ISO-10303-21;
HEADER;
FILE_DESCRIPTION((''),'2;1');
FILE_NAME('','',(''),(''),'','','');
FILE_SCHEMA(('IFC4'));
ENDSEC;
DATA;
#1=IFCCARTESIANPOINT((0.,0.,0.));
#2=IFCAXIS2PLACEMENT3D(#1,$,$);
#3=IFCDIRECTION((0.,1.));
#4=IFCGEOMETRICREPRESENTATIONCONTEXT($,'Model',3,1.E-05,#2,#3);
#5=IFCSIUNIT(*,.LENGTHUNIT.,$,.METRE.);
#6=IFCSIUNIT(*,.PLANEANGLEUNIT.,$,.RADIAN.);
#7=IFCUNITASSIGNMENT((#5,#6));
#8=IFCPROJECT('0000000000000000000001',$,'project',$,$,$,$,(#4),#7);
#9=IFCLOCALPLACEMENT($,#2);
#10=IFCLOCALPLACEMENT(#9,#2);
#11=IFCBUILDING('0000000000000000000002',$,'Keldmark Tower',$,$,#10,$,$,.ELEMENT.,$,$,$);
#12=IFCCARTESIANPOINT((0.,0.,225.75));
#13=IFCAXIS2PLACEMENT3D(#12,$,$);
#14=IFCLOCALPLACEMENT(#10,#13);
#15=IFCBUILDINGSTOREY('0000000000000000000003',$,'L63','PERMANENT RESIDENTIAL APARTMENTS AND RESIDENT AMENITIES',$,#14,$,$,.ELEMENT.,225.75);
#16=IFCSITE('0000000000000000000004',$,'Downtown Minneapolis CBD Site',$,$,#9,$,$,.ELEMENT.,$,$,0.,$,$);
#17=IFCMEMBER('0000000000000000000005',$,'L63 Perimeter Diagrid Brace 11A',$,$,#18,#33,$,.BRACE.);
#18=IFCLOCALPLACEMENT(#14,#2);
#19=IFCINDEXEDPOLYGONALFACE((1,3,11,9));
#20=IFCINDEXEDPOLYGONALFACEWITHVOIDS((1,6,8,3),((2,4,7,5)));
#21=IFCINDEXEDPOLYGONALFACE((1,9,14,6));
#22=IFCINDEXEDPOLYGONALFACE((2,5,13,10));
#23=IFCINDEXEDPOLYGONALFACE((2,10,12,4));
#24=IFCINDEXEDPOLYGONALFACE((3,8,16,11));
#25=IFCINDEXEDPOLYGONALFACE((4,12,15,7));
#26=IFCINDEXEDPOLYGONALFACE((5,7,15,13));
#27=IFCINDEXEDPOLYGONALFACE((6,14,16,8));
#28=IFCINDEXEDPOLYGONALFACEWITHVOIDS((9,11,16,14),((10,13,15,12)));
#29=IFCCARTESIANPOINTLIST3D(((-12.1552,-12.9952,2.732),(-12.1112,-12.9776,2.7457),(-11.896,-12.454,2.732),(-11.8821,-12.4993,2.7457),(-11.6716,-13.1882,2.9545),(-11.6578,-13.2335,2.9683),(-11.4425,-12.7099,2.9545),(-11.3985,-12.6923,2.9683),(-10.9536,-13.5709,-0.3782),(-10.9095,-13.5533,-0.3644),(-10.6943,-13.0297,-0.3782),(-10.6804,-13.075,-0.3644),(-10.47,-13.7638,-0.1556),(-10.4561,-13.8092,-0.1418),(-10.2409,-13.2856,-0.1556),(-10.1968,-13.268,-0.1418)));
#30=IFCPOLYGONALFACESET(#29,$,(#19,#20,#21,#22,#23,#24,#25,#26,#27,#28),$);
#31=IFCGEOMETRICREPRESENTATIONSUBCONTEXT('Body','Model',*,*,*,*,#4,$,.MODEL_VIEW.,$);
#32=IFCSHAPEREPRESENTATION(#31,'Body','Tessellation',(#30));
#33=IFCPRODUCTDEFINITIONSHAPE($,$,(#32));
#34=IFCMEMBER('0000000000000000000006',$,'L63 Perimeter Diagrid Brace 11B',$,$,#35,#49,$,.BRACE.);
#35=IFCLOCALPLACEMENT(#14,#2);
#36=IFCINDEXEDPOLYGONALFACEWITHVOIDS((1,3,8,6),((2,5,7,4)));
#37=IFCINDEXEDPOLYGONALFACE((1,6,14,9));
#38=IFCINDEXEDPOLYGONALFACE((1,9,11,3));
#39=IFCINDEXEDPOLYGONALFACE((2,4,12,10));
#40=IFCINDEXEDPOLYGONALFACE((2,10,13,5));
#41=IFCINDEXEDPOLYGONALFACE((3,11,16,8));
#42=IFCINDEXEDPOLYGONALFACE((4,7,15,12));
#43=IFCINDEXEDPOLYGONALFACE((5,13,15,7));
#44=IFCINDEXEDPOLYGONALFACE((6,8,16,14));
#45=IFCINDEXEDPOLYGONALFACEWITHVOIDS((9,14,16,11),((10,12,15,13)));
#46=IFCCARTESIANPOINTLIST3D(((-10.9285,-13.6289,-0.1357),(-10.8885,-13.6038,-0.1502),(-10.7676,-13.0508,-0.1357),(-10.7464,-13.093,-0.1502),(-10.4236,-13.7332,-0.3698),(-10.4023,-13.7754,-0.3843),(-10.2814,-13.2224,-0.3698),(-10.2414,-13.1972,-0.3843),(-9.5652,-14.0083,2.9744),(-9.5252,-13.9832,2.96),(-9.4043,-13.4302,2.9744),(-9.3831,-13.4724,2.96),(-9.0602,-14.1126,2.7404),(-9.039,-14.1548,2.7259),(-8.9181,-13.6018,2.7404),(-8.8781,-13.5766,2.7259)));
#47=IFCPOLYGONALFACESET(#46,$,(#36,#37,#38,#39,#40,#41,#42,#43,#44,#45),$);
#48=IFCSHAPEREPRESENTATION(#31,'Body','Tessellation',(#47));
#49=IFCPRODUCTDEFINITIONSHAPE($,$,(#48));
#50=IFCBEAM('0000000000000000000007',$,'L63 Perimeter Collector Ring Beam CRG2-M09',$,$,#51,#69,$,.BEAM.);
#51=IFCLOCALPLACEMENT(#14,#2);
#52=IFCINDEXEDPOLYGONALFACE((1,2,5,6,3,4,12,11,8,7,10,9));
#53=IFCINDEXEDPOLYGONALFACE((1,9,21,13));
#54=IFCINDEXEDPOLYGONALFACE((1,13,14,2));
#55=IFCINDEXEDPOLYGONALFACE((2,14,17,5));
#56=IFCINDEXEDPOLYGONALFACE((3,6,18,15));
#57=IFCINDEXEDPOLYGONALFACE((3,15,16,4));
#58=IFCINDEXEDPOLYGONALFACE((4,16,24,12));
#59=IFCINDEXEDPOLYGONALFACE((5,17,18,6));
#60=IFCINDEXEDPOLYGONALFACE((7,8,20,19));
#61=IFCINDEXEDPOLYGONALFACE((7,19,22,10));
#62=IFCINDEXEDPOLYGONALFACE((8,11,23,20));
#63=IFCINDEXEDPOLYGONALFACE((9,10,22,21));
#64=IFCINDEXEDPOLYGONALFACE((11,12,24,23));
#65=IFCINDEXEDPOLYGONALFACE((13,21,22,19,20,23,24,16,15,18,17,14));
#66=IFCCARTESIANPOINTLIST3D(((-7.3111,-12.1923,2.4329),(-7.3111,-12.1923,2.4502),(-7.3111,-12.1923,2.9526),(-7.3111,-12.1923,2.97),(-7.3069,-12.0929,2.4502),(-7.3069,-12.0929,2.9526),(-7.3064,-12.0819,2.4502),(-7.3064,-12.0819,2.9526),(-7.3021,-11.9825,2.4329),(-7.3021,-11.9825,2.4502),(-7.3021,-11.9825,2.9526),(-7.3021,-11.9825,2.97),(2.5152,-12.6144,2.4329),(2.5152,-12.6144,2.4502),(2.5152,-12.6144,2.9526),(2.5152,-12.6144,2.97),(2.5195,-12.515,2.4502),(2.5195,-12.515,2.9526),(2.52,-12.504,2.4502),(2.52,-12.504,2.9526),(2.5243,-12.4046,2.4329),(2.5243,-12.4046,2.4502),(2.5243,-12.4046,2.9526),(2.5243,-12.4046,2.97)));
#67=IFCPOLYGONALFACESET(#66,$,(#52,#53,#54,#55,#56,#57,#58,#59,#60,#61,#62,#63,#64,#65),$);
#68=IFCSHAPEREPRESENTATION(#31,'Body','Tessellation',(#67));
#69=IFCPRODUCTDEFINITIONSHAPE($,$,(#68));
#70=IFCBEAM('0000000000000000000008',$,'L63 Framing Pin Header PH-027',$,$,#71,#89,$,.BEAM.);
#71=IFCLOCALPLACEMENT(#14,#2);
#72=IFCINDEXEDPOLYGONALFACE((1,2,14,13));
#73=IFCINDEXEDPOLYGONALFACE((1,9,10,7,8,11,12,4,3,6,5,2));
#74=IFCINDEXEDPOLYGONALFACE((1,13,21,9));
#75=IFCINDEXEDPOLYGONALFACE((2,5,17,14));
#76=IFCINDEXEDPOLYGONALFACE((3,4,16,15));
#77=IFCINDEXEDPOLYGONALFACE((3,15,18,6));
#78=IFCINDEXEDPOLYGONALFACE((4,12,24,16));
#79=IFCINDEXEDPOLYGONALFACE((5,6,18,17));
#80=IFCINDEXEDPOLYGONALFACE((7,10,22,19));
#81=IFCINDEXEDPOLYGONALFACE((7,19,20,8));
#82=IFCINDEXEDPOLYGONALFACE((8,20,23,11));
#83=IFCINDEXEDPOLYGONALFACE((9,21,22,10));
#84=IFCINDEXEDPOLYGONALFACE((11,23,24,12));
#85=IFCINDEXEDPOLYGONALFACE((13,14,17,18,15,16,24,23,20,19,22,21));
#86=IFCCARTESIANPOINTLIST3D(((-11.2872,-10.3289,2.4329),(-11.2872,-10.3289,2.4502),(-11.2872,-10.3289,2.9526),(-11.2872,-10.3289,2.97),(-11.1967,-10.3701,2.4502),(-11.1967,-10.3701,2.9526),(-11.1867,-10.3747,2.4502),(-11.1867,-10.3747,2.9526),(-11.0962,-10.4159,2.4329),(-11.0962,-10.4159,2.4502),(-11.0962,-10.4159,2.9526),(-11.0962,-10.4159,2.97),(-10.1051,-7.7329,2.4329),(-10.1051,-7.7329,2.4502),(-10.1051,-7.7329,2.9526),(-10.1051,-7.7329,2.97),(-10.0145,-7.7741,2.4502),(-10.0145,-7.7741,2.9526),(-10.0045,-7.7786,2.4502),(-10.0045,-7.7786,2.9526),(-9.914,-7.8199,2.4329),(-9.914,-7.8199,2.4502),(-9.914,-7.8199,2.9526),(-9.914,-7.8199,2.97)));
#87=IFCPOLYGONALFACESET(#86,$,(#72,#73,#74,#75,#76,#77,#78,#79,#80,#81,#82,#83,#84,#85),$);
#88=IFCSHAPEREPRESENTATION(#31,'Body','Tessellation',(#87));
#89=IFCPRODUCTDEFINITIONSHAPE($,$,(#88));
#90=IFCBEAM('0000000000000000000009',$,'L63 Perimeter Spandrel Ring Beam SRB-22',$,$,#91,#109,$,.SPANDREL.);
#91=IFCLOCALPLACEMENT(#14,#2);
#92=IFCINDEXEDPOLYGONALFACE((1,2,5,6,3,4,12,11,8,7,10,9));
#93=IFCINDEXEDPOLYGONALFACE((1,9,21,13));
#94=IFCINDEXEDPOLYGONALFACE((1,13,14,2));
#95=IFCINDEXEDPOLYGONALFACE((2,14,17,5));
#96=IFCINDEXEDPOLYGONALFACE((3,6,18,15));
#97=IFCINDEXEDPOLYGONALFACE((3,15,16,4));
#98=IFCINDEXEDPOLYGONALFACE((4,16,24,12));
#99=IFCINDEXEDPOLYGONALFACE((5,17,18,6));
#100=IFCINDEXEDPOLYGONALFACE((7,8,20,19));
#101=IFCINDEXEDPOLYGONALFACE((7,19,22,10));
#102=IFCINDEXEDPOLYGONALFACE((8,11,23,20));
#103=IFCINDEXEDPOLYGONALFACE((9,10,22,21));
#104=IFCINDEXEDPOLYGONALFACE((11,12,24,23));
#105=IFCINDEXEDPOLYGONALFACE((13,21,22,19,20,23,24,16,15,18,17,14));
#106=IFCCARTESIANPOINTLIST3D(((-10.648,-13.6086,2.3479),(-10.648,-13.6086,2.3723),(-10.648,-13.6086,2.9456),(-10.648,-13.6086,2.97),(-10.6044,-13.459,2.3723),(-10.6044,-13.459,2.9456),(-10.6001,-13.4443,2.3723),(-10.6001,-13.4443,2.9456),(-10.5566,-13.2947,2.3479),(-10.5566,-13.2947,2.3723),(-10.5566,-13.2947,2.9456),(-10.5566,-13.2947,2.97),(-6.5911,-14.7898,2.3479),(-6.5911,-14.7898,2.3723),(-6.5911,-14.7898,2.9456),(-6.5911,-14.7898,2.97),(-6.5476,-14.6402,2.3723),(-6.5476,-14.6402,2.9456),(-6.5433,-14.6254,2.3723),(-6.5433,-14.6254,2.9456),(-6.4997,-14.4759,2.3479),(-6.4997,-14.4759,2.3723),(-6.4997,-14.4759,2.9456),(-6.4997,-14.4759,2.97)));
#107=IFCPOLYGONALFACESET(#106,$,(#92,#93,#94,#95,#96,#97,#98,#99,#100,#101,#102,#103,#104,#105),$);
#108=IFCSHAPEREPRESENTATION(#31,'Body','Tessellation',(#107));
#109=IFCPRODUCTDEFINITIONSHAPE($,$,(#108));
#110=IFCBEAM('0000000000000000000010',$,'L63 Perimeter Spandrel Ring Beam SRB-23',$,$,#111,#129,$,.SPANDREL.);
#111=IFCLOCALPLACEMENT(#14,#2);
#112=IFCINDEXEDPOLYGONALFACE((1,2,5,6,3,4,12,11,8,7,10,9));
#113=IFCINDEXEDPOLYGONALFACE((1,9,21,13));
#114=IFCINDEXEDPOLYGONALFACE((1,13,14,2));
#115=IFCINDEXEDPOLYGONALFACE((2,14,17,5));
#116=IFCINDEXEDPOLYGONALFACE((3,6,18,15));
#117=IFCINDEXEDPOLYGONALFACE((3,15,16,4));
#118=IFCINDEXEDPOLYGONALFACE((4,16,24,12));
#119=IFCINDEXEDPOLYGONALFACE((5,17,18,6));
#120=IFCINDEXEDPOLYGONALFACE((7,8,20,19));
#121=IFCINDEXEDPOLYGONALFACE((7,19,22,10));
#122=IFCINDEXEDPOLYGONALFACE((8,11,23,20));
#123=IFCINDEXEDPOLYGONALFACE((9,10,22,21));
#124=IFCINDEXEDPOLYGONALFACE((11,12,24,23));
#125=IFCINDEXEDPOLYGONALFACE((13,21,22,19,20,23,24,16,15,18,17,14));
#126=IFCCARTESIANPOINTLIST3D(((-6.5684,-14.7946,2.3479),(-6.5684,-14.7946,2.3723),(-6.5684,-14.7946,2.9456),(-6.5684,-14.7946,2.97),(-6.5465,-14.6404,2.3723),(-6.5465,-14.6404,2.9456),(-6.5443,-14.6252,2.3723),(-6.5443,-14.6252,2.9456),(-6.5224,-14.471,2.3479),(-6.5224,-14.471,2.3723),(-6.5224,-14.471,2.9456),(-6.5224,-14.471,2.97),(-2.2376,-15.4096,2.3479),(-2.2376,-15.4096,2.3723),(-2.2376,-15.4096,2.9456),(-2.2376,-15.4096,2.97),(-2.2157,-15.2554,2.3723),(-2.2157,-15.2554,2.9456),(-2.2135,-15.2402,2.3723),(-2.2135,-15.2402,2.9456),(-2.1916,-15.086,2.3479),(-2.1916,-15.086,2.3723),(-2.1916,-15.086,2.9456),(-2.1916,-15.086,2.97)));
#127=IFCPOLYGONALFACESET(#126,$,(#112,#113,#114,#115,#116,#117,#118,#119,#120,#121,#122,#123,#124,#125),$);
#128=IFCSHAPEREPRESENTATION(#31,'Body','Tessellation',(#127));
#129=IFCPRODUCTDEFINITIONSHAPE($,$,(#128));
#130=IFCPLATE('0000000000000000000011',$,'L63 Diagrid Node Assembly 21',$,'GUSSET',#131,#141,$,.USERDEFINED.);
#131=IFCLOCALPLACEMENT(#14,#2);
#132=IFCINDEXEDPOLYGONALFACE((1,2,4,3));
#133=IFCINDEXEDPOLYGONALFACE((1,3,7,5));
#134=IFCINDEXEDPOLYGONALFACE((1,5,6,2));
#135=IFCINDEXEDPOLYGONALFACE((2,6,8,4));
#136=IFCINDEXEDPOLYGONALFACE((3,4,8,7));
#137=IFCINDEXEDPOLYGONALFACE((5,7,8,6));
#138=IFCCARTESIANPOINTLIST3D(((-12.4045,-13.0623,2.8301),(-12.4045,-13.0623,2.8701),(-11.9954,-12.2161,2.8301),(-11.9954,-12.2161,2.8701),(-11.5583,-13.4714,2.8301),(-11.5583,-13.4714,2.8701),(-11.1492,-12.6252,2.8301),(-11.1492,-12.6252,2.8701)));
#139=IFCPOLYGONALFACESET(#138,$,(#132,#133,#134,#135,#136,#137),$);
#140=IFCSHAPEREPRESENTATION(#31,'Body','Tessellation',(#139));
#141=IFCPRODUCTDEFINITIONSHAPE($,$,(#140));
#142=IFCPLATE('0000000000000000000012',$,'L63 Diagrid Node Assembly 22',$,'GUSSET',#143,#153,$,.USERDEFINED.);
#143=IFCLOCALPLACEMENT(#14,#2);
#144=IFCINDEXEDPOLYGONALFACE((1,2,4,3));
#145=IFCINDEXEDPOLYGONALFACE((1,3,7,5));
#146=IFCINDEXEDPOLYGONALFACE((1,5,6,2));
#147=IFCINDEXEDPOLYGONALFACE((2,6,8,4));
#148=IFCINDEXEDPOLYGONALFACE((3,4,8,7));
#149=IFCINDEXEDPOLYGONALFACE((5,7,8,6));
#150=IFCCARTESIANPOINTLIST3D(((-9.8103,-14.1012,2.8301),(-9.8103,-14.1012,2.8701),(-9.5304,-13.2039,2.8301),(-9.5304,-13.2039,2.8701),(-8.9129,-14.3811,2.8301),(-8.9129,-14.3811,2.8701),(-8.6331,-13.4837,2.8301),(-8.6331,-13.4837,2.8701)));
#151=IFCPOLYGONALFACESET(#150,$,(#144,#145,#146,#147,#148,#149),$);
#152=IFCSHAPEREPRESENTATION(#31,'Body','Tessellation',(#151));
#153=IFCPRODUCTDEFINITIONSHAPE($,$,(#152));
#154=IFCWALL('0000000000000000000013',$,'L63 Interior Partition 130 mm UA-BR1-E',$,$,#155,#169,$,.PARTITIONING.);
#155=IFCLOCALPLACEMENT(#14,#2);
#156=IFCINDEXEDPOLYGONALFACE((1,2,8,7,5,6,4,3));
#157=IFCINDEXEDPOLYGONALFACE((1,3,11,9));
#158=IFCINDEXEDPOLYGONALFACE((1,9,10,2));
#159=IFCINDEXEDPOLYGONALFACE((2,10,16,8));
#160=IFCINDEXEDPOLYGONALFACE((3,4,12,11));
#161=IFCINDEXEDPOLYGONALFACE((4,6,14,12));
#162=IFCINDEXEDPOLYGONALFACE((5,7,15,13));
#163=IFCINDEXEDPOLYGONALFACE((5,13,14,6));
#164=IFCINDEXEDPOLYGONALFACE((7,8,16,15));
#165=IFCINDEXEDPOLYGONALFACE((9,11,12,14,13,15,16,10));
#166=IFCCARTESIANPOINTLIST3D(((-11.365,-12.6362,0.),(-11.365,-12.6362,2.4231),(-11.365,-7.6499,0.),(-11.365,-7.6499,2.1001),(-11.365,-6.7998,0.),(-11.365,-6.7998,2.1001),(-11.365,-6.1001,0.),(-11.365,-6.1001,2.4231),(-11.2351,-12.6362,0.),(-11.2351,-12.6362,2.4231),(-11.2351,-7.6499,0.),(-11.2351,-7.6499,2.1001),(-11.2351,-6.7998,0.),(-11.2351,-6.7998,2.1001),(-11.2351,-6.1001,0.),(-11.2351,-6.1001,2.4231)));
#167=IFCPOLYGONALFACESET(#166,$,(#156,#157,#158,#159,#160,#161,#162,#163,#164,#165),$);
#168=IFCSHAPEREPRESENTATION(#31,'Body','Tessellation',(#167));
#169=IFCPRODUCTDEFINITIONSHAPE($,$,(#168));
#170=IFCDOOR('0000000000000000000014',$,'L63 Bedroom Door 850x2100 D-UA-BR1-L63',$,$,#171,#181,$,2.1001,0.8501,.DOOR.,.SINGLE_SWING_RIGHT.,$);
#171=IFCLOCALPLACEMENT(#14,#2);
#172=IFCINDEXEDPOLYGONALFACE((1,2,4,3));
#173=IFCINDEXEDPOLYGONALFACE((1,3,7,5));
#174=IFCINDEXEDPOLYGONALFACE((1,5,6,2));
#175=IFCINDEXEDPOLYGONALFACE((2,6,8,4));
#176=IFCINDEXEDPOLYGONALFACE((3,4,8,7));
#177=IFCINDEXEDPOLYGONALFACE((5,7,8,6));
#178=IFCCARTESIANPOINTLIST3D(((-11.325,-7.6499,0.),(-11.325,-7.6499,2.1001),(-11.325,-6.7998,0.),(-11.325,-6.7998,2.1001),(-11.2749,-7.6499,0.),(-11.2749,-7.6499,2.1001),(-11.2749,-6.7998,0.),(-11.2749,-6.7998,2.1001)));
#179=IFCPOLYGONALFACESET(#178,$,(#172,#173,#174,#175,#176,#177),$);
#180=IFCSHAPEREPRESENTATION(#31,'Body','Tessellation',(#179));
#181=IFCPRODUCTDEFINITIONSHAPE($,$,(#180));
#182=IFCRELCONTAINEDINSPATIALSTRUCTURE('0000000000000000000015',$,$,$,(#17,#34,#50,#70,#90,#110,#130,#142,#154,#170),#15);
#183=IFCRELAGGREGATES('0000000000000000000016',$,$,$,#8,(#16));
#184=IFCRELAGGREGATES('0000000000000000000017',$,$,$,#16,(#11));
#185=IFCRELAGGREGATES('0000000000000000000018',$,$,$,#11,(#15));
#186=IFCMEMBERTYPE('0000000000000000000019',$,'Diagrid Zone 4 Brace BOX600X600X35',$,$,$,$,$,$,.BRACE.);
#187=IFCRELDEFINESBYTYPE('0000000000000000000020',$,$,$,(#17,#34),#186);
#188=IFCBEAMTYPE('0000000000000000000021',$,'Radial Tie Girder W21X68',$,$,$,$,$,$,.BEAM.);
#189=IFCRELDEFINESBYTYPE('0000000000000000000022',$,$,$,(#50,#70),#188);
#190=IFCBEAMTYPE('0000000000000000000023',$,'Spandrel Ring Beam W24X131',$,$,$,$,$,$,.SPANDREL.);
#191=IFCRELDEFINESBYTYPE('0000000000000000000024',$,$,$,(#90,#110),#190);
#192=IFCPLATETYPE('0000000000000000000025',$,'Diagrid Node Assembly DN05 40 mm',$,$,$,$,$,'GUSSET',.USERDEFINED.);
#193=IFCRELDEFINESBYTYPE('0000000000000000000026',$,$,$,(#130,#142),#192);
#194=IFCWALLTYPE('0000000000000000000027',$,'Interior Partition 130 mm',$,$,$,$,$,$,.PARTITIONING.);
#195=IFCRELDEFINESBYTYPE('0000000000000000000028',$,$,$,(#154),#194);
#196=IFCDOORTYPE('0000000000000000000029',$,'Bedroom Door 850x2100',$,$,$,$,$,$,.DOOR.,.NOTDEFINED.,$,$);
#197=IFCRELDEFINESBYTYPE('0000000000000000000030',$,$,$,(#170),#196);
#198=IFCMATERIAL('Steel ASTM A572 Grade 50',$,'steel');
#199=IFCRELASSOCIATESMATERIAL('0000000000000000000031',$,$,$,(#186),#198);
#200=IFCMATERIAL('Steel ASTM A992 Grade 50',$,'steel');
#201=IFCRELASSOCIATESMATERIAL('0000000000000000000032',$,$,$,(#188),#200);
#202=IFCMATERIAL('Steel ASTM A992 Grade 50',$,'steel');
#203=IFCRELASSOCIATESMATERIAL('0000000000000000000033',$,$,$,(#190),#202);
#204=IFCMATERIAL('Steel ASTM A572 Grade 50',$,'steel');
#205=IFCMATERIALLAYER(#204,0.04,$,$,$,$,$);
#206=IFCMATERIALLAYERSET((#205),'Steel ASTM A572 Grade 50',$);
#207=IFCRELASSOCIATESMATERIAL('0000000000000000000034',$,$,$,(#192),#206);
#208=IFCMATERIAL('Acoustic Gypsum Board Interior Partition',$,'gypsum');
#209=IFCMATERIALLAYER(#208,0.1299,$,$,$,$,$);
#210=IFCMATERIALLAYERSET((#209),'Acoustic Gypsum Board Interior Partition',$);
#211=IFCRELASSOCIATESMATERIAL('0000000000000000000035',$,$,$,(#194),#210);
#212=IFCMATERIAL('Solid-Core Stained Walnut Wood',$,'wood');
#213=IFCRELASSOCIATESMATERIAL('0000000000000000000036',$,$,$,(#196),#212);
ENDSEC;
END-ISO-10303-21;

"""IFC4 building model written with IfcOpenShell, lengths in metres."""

from ifc_helpers import new_model, si_unit, direction, frame, frame_2d, origin, origin_2d, place, context, subcontext, project, spatial, rectangle, hollow_rectangle, i_section, extrude, material, layer, layer_set, material_profile, profile_set, type_object, element, fill, save


model = new_model("IFC4")

# Units and contexts
model_context = context("Model", 3, precision=1e-05, world=origin(), true_north=direction((0.0, 1.0)))
body_context = subcontext(model_context, "Body", "Model", "MODEL_VIEW")
ifc_project = project(units=[si_unit("LENGTHUNIT", "METRE"), si_unit("PLANEANGLEUNIT", "RADIAN")], contexts=[model_context])

# Site, building, storey
site_placement = place(None, origin())
site = spatial("IfcSite", under=ifc_project, at=site_placement, Name="Downtown Minneapolis CBD Site", CompositionType="ELEMENT", RefElevation=0.0)
building_placement = place(site_placement, origin())
building = spatial("IfcBuilding", under=site, at=building_placement, Name="Keldmark Tower", CompositionType="ELEMENT")
storey_placement = place(building_placement, frame((0.0, 0.0, 225.75)))
storey = spatial("IfcBuildingStorey", under=building, at=storey_placement, Name="L63", Description="PERMANENT RESIDENTIAL APARTMENTS AND RESIDENT AMENITIES", CompositionType="ELEMENT", Elevation=225.75)

# Members
ifc_material_1 = material(Name="Steel ASTM A572 Grade 50", Category="steel")
ifc_material_profile_1 = material_profile(ifc_material_1, hollow_rectangle(XDim=0.6001, YDim=0.6001, WallThickness=0.0349, at=origin_2d()), Name="BOX600X600X35")
ifc_profile_set_1 = profile_set([ifc_material_profile_1], Name="Steel ASTM A572 Grade 50")
member_type = type_object("IfcMemberType", Name="Diagrid Zone 4 Brace BOX600X600X35", PredefinedType="BRACE", material=ifc_profile_set_1)
member_1_placement = place(storey_placement, frame((-10.5752, -13.4194, -0.26), z_axis=(-0.355152, 0.170144, 0.919194), x_axis=(-0.432052, -0.901849, 0.0)))
element("IfcMember", 1, at=member_1_placement, inside=storey, type_object=member_type, Name="L63 Perimeter Diagrid Brace 11A", PredefinedType="BRACE", context=body_context, shape_type="SweptSolid", body=[
    extrude(hollow_rectangle(XDim=0.6001, YDim=0.6001, WallThickness=0.0349, at=origin_2d()), origin(), (0.0, 0.0, 1.0), 3.3835),
])
member_2_placement = place(storey_placement, frame((-10.585, -13.4131, -0.26), z_axis=(0.398981, -0.111035, 0.910212), x_axis=(0.268107, 0.963389, 0.0)))
element("IfcMember", 2, at=member_2_placement, inside=storey, type_object=member_type, Name="L63 Perimeter Diagrid Brace 11B", PredefinedType="BRACE", context=body_context, shape_type="SweptSolid", body=[
    extrude(hollow_rectangle(XDim=0.6001, YDim=0.6001, WallThickness=0.0349, at=origin_2d()), origin(), (0.0, 0.0, 1.0), 3.417),
])

# Beams
ifc_material_2 = material(Name="Steel ASTM A992 Grade 50", Category="steel")
ifc_material_profile_2 = material_profile(ifc_material_2, i_section(OverallWidth=0.21, OverallDepth=0.5371, WebThickness=0.011, FlangeThickness=0.0173, at=origin_2d()), Name="W21X68")
ifc_profile_set_2 = profile_set([ifc_material_profile_2], Name="Steel ASTM A992 Grade 50")
beam_type_1 = type_object("IfcBeamType", Name="Radial Tie Girder W21X68", PredefinedType="BEAM", material=ifc_profile_set_2)
beam_1_placement = place(storey_placement, frame((-7.3066, -12.0874, 2.7014), z_axis=(0.999079, -0.042918, 0.0), x_axis=(0.042918, 0.999079, 0.0)))
element("IfcBeam", 3, at=beam_1_placement, inside=storey, type_object=beam_type_1, Name="L63 Perimeter Collector Ring Beam CRG2-M09", PredefinedType="BEAM", context=body_context, shape_type="SweptSolid", body=[
    extrude(i_section(OverallWidth=0.21, OverallDepth=0.5371, WebThickness=0.011, FlangeThickness=0.0173, at=origin_2d()), origin(), (0.0, 0.0, 1.0), 9.8354),
])
beam_2_placement = place(storey_placement, frame((-10.0095, -7.7764, 2.7014), z_axis=(-0.414428, -0.910082, 0.0), x_axis=(0.910082, -0.414428, 0.0)))
element("IfcBeam", 4, at=beam_2_placement, inside=storey, type_object=beam_type_1, Name="L63 Framing Pin Header PH-027", PredefinedType="BEAM", context=body_context, shape_type="SweptSolid", body=[
    extrude(i_section(OverallWidth=0.21, OverallDepth=0.5371, WebThickness=0.011, FlangeThickness=0.0173, at=origin_2d()), origin(), (0.0, 0.0, 1.0), 2.8525),
])
ifc_material_3 = material(Name="Steel ASTM A992 Grade 50", Category="steel")
ifc_material_profile_3 = material_profile(ifc_material_3, i_section(OverallWidth=0.3269, OverallDepth=0.6221, WebThickness=0.0154, FlangeThickness=0.0244, at=origin_2d()), Name="W24X131")
ifc_profile_set_3 = profile_set([ifc_material_profile_3], Name="Steel ASTM A992 Grade 50")
beam_type_2 = type_object("IfcBeamType", Name="Spandrel Ring Beam W24X131", PredefinedType="SPANDREL", material=ifc_profile_set_3)
beam_3_placement = place(storey_placement, frame((-10.6023, -13.4517, 2.6589), z_axis=(0.960134, -0.279541, 0.0), x_axis=(0.279541, 0.960134, 0.0)))
element("IfcBeam", 5, at=beam_3_placement, inside=storey, type_object=beam_type_2, Name="L63 Perimeter Spandrel Ring Beam SRB-22", PredefinedType="SPANDREL", context=body_context, shape_type="SweptSolid", body=[
    extrude(i_section(OverallWidth=0.3269, OverallDepth=0.6221, WebThickness=0.0154, FlangeThickness=0.0244, at=origin_2d()), origin(), (0.0, 0.0, 1.0), 4.2253),
])
beam_4_placement = place(storey_placement, frame((-6.5454, -14.6328, 2.6589), z_axis=(0.990067, -0.140593, 0.0), x_axis=(0.140593, 0.990067, 0.0)))
element("IfcBeam", 6, at=beam_4_placement, inside=storey, type_object=beam_type_2, Name="L63 Perimeter Spandrel Ring Beam SRB-23", PredefinedType="SPANDREL", context=body_context, shape_type="SweptSolid", body=[
    extrude(i_section(OverallWidth=0.3269, OverallDepth=0.6221, WebThickness=0.0154, FlangeThickness=0.0244, at=origin_2d()), origin(), (0.0, 0.0, 1.0), 4.3743),
])

# Plates
ifc_material_4 = material(Name="Steel ASTM A572 Grade 50", Category="steel")
ifc_layer_1 = layer(ifc_material_4, 0.04)
ifc_layer_set_1 = layer_set([ifc_layer_1], Name="Steel ASTM A572 Grade 50")
plate_type = type_object("IfcPlateType", Name="Diagrid Node Assembly DN05 40 mm", ElementType="GUSSET", PredefinedType="USERDEFINED", material=ifc_layer_set_1)
for number, where, z_axis, x_axis, name in (
    (7, (-11.7769, -12.8438, 2.8301), (0.0, 0.0, 1.0), (0.900319, -0.435231, 0.0), "L63 Diagrid Node Assembly 21"),
    (8, (-9.2217, -13.7925, 2.8301), (0.0, 0.0, 1.0), (0.954657, -0.297708, 0.0), "L63 Diagrid Node Assembly 22"),
):
    element("IfcPlate", number, at=place(storey_placement, frame(where, z_axis=z_axis, x_axis=x_axis)), inside=storey, type_object=plate_type, Name=name, ObjectType="GUSSET", PredefinedType="USERDEFINED", context=body_context, shape_type="SweptSolid", body=[
        extrude(rectangle(XDim=0.9399, YDim=0.9399, at=origin_2d()), origin(), (0.0, 0.0, 1.0), 0.04),
    ])

# Wall, opening, door
ifc_material_5 = material(Name="Acoustic Gypsum Board Interior Partition", Category="gypsum")
ifc_layer_2 = layer(ifc_material_5, 0.1299)
ifc_layer_set_2 = layer_set([ifc_layer_2], Name="Acoustic Gypsum Board Interior Partition")
wall_type_1 = type_object("IfcWallType", Name="Interior Partition 130 mm", PredefinedType="PARTITIONING", material=ifc_layer_set_2)
wall_1_placement = place(storey_placement, frame((-11.3, -12.6362, 0.0), z_axis=(0.0, 0.0, 1.0), x_axis=(0.0, 1.0, 0.0)))
wall_1 = element("IfcWall", 9, at=wall_1_placement, inside=storey, type_object=wall_type_1, Name="L63 Interior Partition 130 mm UA-BR1-E", PredefinedType="PARTITIONING", context=body_context, shape_type="SweptSolid", body=[
    extrude(rectangle(XDim=6.5361, YDim=0.1299, at=frame_2d((3.2681, 0.0))), origin(), (0.0, 0.0, 1.0), 2.4231),
])
opening_1_placement = place(wall_1_placement, frame((4.9863, 0.0, 0.0)))
opening_1 = element("IfcOpeningElement", 10, at=opening_1_placement, cuts=wall_1, PredefinedType="OPENING", context=body_context, shape_type="SweptSolid", body=[
    extrude(rectangle(XDim=0.8501, YDim=2.1001, at=frame_2d((0.425, 1.05))), frame((0.0, 0.075, 0.0), z_axis=(0.0, -1.0, 0.0), x_axis=(1.0, 0.0, 0.0)), (0.0, 0.0, 1.0), 0.1499),
])
ifc_material_6 = material(Name="Solid-Core Stained Walnut Wood", Category="wood")
door_type_1 = type_object("IfcDoorType", Name="Bedroom Door 850x2100", OperationType="NOTDEFINED", PredefinedType="DOOR", material=ifc_material_6)
door_1_placement = place(opening_1_placement, origin())
door_1 = element("IfcDoor", 11, at=door_1_placement, inside=storey, type_object=door_type_1, Name="L63 Bedroom Door 850x2100 D-UA-BR1-L63", OperationType="SINGLE_SWING_RIGHT", OverallHeight=2.1001, OverallWidth=0.8501, PredefinedType="DOOR", context=body_context, shape_type="SweptSolid", body=[
    extrude(rectangle(XDim=0.8501, YDim=2.1001, at=frame_2d((0.425, 1.05))), frame((0.0, 0.0249, 0.0), z_axis=(0.0, -1.0, 0.0), x_axis=(1.0, 0.0, 0.0)), (0.0, 0.0, 1.0), 0.05),
])
fill(opening_1, door_1)

save(model, "model.ifc")
